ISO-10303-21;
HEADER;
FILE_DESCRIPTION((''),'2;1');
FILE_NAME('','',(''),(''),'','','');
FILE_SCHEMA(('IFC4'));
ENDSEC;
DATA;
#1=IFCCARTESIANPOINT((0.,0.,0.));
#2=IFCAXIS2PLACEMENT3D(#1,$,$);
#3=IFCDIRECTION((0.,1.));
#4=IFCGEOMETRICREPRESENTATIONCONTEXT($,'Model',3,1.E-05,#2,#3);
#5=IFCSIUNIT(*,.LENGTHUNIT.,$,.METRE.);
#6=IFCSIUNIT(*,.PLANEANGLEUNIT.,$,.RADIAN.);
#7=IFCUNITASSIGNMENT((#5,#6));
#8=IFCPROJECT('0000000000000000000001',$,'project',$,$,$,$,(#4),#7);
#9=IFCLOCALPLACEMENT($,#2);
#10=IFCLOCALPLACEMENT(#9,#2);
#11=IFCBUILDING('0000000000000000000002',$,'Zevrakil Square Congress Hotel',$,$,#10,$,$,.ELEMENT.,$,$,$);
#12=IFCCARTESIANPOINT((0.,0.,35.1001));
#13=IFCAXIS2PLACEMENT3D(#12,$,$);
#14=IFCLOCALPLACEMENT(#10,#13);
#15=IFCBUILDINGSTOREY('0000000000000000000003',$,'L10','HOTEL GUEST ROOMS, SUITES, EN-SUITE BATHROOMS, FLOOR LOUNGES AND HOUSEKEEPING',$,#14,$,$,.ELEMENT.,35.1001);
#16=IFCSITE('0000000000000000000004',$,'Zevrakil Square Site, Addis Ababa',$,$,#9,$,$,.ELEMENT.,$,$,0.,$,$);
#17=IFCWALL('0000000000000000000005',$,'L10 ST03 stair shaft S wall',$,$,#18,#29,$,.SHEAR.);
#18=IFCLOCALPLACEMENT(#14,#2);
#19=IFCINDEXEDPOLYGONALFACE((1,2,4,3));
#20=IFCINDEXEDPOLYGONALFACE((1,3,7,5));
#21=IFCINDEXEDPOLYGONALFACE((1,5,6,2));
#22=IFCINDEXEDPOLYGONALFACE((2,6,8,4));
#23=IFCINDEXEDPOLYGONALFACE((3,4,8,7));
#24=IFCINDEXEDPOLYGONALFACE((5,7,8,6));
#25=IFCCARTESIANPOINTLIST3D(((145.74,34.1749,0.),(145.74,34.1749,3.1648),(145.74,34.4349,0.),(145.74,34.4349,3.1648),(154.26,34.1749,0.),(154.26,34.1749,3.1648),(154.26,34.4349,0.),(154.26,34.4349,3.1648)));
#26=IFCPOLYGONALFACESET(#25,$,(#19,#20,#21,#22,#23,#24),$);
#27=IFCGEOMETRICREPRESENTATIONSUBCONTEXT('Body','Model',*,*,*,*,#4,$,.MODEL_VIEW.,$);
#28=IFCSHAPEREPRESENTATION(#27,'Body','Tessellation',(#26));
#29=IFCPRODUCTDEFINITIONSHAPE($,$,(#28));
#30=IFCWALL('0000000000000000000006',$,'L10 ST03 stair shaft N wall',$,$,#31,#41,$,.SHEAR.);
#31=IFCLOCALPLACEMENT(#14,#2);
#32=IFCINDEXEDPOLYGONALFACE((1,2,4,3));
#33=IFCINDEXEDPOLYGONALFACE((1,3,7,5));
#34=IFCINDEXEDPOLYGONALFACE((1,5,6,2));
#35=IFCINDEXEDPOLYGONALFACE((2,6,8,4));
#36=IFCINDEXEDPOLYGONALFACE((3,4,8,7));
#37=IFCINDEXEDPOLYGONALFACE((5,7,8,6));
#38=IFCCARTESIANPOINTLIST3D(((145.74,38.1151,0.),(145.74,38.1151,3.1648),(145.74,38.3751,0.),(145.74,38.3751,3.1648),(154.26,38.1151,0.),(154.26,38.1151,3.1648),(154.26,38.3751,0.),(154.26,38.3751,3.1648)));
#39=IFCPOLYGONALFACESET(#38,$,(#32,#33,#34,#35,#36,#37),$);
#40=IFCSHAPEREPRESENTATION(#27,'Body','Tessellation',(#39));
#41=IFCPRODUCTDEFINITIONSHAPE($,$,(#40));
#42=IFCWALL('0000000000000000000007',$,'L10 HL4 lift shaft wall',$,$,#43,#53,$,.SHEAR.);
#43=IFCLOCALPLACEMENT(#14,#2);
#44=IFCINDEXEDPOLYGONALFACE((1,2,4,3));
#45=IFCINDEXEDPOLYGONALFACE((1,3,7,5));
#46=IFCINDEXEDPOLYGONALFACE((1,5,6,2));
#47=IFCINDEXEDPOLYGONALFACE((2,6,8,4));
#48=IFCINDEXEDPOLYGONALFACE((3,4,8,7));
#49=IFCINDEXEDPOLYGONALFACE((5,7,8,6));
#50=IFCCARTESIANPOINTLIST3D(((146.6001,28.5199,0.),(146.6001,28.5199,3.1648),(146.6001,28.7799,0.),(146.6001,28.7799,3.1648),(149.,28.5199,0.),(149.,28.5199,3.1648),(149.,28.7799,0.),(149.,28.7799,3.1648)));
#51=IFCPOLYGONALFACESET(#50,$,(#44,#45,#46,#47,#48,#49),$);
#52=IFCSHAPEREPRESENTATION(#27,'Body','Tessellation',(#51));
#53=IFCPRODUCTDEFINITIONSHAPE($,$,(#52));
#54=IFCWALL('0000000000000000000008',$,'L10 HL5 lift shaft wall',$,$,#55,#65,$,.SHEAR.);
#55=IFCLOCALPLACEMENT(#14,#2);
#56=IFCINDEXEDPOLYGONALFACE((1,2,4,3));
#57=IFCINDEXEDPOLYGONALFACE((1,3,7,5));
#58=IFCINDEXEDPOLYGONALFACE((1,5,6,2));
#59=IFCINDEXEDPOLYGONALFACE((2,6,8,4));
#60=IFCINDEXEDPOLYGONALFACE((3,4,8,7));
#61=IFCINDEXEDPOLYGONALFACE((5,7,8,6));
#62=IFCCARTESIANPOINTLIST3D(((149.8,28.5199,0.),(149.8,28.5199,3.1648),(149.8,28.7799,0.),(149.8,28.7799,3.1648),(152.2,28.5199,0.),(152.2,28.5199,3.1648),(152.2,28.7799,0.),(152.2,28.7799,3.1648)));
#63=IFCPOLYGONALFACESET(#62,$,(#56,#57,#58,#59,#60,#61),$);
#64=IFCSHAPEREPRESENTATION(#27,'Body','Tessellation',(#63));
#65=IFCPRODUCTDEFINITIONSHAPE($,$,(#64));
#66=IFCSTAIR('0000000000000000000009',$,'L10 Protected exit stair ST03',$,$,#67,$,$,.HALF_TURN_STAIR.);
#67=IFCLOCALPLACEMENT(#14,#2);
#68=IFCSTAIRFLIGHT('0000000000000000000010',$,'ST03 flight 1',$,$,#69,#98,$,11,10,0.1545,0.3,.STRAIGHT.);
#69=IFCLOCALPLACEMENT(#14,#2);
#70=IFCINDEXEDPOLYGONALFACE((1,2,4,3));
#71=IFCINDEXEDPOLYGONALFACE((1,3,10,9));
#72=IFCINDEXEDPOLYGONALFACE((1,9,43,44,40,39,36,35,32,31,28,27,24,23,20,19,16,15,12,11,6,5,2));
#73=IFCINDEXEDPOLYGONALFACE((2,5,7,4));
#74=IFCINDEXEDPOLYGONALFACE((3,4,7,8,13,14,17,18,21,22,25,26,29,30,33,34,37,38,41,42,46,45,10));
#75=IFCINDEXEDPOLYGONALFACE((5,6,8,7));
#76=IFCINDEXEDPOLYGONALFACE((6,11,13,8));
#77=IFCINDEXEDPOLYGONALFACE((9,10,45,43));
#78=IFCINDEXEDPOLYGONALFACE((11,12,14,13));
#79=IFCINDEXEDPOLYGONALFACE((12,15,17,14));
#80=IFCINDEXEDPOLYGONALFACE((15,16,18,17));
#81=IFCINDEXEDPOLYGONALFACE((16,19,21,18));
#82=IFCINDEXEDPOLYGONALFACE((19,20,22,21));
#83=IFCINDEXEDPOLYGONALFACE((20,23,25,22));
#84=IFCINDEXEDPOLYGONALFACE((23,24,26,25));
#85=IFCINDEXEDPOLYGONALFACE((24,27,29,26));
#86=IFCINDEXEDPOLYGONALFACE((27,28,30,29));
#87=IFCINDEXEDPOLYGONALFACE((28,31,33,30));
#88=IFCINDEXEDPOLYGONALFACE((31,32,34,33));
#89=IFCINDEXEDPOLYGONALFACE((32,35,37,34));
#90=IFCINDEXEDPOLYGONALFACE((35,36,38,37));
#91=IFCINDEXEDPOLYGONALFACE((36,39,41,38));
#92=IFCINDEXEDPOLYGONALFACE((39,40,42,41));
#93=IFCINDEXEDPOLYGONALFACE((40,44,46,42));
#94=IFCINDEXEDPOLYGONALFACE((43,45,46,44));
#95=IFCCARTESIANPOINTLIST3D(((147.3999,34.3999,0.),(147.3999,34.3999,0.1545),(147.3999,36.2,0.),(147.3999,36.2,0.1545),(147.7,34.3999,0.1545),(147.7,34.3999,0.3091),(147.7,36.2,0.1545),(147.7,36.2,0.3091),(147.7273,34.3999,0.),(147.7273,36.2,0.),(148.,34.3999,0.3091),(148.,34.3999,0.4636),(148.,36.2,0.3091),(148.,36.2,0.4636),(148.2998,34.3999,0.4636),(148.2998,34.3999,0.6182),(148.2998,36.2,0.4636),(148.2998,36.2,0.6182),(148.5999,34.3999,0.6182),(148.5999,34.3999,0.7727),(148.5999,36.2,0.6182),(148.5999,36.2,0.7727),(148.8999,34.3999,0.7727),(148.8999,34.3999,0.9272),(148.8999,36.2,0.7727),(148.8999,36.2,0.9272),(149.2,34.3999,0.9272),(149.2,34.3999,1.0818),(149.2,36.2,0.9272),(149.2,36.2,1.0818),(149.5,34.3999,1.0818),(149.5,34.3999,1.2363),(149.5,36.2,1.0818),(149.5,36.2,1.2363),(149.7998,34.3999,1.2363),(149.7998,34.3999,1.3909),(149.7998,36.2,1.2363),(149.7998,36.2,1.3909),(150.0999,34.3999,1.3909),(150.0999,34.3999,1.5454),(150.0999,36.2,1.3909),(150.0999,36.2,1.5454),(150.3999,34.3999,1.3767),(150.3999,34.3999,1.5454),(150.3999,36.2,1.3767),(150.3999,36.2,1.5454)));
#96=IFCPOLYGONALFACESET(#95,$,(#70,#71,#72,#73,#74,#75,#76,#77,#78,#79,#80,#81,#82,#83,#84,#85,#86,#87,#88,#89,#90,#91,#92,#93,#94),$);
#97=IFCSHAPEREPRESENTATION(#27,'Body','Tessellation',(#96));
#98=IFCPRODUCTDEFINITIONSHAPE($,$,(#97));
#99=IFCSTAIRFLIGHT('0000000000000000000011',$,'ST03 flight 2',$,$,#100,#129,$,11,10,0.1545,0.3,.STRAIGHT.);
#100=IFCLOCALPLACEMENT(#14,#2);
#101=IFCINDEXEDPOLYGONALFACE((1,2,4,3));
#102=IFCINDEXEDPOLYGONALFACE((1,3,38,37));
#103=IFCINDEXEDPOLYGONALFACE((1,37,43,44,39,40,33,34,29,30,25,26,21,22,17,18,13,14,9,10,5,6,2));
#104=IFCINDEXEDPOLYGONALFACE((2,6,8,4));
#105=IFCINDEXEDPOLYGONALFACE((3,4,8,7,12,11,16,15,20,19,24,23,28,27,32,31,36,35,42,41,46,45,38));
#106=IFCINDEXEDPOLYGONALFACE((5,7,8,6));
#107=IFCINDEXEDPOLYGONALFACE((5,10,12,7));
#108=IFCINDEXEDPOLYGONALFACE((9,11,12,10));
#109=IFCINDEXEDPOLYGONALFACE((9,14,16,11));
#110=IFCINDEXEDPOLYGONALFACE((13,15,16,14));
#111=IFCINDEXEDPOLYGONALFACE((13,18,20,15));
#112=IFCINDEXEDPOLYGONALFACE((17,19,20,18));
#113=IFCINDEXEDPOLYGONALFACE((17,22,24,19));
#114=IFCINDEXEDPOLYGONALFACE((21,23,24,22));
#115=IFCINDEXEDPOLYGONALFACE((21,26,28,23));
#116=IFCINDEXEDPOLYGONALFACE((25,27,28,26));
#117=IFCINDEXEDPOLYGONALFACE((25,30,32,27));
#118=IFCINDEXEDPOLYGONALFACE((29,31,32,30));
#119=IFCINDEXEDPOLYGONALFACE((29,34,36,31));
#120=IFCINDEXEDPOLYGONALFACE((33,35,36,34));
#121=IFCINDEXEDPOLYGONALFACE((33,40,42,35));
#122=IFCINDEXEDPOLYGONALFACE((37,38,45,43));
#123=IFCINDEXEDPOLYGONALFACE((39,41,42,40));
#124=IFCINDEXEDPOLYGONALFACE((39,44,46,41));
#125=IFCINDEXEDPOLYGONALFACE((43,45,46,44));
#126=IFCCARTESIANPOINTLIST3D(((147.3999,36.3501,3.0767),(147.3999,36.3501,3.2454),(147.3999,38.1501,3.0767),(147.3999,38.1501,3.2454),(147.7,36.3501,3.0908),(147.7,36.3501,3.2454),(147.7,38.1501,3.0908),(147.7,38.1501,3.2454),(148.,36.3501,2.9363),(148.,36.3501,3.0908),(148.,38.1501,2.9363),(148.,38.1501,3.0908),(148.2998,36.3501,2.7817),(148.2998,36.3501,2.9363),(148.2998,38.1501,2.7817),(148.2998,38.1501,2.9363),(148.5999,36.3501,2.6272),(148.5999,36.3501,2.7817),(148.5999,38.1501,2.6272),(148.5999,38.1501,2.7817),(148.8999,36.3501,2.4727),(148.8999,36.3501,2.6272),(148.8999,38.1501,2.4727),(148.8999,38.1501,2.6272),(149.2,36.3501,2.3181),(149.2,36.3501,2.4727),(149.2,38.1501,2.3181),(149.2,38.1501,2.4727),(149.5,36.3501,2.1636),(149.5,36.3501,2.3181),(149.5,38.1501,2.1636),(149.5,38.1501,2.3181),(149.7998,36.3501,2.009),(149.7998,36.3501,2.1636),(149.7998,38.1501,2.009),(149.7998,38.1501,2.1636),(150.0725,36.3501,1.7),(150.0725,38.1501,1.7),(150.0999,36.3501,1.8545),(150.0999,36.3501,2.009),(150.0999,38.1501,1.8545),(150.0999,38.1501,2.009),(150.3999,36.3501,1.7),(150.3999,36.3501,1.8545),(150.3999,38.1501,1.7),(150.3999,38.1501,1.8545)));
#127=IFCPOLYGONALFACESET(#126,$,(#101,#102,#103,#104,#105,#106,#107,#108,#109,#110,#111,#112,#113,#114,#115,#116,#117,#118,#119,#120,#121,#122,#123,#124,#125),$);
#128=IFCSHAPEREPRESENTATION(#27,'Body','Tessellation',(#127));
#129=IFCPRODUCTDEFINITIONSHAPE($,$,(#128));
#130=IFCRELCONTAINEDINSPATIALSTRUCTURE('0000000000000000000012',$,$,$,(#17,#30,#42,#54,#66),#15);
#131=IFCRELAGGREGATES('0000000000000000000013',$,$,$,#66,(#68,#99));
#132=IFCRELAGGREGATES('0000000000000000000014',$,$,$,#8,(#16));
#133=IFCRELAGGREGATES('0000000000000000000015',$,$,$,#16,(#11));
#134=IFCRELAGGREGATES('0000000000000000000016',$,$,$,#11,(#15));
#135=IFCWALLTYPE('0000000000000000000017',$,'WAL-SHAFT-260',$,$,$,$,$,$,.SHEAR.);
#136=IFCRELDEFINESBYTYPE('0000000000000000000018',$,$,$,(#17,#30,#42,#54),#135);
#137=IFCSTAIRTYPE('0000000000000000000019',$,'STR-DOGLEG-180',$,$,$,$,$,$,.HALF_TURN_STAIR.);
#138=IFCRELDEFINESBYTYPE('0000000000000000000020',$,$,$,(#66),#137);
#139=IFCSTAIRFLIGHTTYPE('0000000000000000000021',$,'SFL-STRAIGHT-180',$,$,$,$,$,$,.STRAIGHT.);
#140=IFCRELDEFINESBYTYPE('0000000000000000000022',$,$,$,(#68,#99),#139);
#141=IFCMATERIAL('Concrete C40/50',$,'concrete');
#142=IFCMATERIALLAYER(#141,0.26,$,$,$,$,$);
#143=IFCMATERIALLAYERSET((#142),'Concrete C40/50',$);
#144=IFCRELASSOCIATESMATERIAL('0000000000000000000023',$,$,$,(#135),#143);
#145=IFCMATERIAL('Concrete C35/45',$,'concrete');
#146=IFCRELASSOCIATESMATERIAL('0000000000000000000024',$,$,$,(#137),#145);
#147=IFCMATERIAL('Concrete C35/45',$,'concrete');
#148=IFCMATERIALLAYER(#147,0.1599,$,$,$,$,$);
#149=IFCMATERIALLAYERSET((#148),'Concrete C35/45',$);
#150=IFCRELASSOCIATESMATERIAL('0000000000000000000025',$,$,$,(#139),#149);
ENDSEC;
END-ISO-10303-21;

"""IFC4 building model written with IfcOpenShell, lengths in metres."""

from ifc_helpers import new_model, si_unit, direction, frame, frame_2d, origin, place, context, subcontext, project, spatial, polyline, rectangle, outline, extrude, material, layer, layer_set, type_object, element, aggregate, save


model = new_model("IFC4")

# Units and contexts
model_context = context("Model", 3, precision=1e-05, world=origin(), true_north=direction((0.0, 1.0)))
body_context = subcontext(model_context, "Body", "Model", "MODEL_VIEW")
ifc_project = project(units=[si_unit("LENGTHUNIT", "METRE"), si_unit("PLANEANGLEUNIT", "RADIAN")], contexts=[model_context])

# Site, building, storey
site_placement = place(None, origin())
site = spatial("IfcSite", under=ifc_project, at=site_placement, Name="Zevrakil Square Site, Addis Ababa", CompositionType="ELEMENT", RefElevation=0.0)
building_placement = place(site_placement, origin())
building = spatial("IfcBuilding", under=site, at=building_placement, Name="Zevrakil Square Congress Hotel", CompositionType="ELEMENT")
storey_placement = place(building_placement, frame((0.0, 0.0, 35.1001)))
storey = spatial("IfcBuildingStorey", under=building, at=storey_placement, Name="L10", Description="HOTEL GUEST ROOMS, SUITES, EN-SUITE BATHROOMS, FLOOR LOUNGES AND HOUSEKEEPING", CompositionType="ELEMENT", Elevation=35.1001)

# Shared definitions
ifc_material_1 = material(Name="Concrete C40/50", Category="concrete")
ifc_layer_1 = layer(ifc_material_1, 0.26)
ifc_layer_set_1 = layer_set([ifc_layer_1], Name="Concrete C40/50")
wall_type_1 = type_object("IfcWallType", Name="WAL-SHAFT-260", PredefinedType="SHEAR", material=ifc_layer_set_1)

# Walls
for number, where, z_axis, x_axis, name in (
    (1, (145.74, 34.3049, 0.0), (0.0, 0.0, 1.0), (1.0, 0.0, 0.0), "L10 ST03 stair shaft S wall"),
    (2, (145.74, 38.2451, 0.0), (0.0, 0.0, 1.0), (1.0, 0.0, 0.0), "L10 ST03 stair shaft N wall"),
):
    element("IfcWall", number, at=place(storey_placement, frame(where, z_axis=z_axis, x_axis=x_axis)), inside=storey, type_object=wall_type_1, Name=name, PredefinedType="SHEAR", context=body_context, shape_type="SweptSolid", body=[
        extrude(rectangle(XDim=8.52, YDim=0.26, at=frame_2d((4.26, 0.0))), origin(), (0.0, 0.0, 1.0), 3.1648),
    ])
for number, where, z_axis, x_axis, name in (
    (3, (146.6001, 28.6499, 0.0), (0.0, 0.0, 1.0), (1.0, 0.0, 0.0), "L10 HL4 lift shaft wall"),
    (4, (149.8, 28.6499, 0.0), (0.0, 0.0, 1.0), (1.0, 0.0, 0.0), "L10 HL5 lift shaft wall"),
):
    element("IfcWall", number, at=place(storey_placement, frame(where, z_axis=z_axis, x_axis=x_axis)), inside=storey, type_object=wall_type_1, Name=name, PredefinedType="SHEAR", context=body_context, shape_type="SweptSolid", body=[
        extrude(rectangle(XDim=2.3999, YDim=0.26, at=frame_2d((1.2, 0.0))), origin(), (0.0, 0.0, 1.0), 3.1648),
    ])

# Stair, stair flights
ifc_material_2 = material(Name="Concrete C35/45", Category="concrete")
stair_type = type_object("IfcStairType", Name="STR-DOGLEG-180", PredefinedType="HALF_TURN_STAIR", material=ifc_material_2)
stair_placement = place(storey_placement, origin())
stair = element("IfcStair", 5, at=stair_placement, inside=storey, type_object=stair_type, Name="L10 Protected exit stair ST03", PredefinedType="HALF_TURN_STAIR")
ifc_material_3 = material(Name="Concrete C35/45", Category="concrete")
ifc_layer_2 = layer(ifc_material_3, 0.1599)
ifc_layer_set_2 = layer_set([ifc_layer_2], Name="Concrete C35/45")
stair_flight_type = type_object("IfcStairFlightType", Name="SFL-STRAIGHT-180", PredefinedType="STRAIGHT", material=ifc_layer_set_2)
stair_flight_1_placement = place(storey_placement, frame((147.3999, 35.3, 0.0), z_axis=(0.0, 0.0, 1.0), x_axis=(1.0, 0.0, 0.0)))
stair_flight_1 = element("IfcStairFlight", 6, at=stair_flight_1_placement, type_object=stair_flight_type, Name="ST03 flight 1", NumberOfRisers=11, NumberOfTreads=10, PredefinedType="STRAIGHT", RiserHeight=0.1545, TreadLength=0.3, context=body_context, shape_type="SweptSolid", body=[
    extrude(outline(polyline([(0.0, 0.0), (0.0, 0.1545), (0.3, 0.1545), (0.3, 0.3091), (0.6001, 0.3091), (0.6001, 0.4636), (0.8999, 0.4636), (0.8999, 0.6182), (1.2, 0.6182), (1.2, 0.7727), (1.5, 0.7727), (1.5, 0.9272), (1.8, 0.9272), (1.8, 1.0818), (2.1001, 1.0818), (2.1001, 1.2363), (2.3999, 1.2363), (2.3999, 1.3909), (2.7, 1.3909), (2.7, 1.5454), (3.0, 1.5454), (3.0, 1.7), (3.0, 1.3767), (0.3274, 0.0), (0.0, 0.0)])), frame((0.0, 0.8999, 0.0), z_axis=(0.0, -1.0, 0.0), x_axis=(1.0, 0.0, 0.0)), (0.0, 0.0, 1.0), 1.8),
])
stair_flight_2_placement = place(storey_placement, frame((150.3999, 37.25, 1.7), z_axis=(0.0, 0.0, 1.0), x_axis=(-1.0, 0.0, 0.0)))
stair_flight_2 = element("IfcStairFlight", 7, at=stair_flight_2_placement, type_object=stair_flight_type, Name="ST03 flight 2", NumberOfRisers=11, NumberOfTreads=10, PredefinedType="STRAIGHT", RiserHeight=0.1545, TreadLength=0.3, context=body_context, shape_type="SweptSolid", body=[
    extrude(outline(polyline([(0.0, 0.0), (0.0, 0.1545), (0.3, 0.1545), (0.3, 0.3091), (0.6001, 0.3091), (0.6001, 0.4636), (0.8999, 0.4636), (0.8999, 0.6182), (1.2, 0.6182), (1.2, 0.7727), (1.5, 0.7727), (1.5, 0.9272), (1.8, 0.9272), (1.8, 1.0818), (2.1001, 1.0818), (2.1001, 1.2363), (2.3999, 1.2363), (2.3999, 1.3909), (2.7, 1.3909), (2.7, 1.5454), (3.0, 1.5454), (3.0, 1.7), (3.0, 1.3767), (0.3274, 0.0), (0.0, 0.0)])), frame((0.0, 0.8999, 0.0), z_axis=(0.0, -1.0, 0.0), x_axis=(1.0, 0.0, 0.0)), (0.0, 0.0, 1.0), 1.8),
])
aggregate(stair, [stair_flight_1, stair_flight_2])

save(model, "model.ifc")
